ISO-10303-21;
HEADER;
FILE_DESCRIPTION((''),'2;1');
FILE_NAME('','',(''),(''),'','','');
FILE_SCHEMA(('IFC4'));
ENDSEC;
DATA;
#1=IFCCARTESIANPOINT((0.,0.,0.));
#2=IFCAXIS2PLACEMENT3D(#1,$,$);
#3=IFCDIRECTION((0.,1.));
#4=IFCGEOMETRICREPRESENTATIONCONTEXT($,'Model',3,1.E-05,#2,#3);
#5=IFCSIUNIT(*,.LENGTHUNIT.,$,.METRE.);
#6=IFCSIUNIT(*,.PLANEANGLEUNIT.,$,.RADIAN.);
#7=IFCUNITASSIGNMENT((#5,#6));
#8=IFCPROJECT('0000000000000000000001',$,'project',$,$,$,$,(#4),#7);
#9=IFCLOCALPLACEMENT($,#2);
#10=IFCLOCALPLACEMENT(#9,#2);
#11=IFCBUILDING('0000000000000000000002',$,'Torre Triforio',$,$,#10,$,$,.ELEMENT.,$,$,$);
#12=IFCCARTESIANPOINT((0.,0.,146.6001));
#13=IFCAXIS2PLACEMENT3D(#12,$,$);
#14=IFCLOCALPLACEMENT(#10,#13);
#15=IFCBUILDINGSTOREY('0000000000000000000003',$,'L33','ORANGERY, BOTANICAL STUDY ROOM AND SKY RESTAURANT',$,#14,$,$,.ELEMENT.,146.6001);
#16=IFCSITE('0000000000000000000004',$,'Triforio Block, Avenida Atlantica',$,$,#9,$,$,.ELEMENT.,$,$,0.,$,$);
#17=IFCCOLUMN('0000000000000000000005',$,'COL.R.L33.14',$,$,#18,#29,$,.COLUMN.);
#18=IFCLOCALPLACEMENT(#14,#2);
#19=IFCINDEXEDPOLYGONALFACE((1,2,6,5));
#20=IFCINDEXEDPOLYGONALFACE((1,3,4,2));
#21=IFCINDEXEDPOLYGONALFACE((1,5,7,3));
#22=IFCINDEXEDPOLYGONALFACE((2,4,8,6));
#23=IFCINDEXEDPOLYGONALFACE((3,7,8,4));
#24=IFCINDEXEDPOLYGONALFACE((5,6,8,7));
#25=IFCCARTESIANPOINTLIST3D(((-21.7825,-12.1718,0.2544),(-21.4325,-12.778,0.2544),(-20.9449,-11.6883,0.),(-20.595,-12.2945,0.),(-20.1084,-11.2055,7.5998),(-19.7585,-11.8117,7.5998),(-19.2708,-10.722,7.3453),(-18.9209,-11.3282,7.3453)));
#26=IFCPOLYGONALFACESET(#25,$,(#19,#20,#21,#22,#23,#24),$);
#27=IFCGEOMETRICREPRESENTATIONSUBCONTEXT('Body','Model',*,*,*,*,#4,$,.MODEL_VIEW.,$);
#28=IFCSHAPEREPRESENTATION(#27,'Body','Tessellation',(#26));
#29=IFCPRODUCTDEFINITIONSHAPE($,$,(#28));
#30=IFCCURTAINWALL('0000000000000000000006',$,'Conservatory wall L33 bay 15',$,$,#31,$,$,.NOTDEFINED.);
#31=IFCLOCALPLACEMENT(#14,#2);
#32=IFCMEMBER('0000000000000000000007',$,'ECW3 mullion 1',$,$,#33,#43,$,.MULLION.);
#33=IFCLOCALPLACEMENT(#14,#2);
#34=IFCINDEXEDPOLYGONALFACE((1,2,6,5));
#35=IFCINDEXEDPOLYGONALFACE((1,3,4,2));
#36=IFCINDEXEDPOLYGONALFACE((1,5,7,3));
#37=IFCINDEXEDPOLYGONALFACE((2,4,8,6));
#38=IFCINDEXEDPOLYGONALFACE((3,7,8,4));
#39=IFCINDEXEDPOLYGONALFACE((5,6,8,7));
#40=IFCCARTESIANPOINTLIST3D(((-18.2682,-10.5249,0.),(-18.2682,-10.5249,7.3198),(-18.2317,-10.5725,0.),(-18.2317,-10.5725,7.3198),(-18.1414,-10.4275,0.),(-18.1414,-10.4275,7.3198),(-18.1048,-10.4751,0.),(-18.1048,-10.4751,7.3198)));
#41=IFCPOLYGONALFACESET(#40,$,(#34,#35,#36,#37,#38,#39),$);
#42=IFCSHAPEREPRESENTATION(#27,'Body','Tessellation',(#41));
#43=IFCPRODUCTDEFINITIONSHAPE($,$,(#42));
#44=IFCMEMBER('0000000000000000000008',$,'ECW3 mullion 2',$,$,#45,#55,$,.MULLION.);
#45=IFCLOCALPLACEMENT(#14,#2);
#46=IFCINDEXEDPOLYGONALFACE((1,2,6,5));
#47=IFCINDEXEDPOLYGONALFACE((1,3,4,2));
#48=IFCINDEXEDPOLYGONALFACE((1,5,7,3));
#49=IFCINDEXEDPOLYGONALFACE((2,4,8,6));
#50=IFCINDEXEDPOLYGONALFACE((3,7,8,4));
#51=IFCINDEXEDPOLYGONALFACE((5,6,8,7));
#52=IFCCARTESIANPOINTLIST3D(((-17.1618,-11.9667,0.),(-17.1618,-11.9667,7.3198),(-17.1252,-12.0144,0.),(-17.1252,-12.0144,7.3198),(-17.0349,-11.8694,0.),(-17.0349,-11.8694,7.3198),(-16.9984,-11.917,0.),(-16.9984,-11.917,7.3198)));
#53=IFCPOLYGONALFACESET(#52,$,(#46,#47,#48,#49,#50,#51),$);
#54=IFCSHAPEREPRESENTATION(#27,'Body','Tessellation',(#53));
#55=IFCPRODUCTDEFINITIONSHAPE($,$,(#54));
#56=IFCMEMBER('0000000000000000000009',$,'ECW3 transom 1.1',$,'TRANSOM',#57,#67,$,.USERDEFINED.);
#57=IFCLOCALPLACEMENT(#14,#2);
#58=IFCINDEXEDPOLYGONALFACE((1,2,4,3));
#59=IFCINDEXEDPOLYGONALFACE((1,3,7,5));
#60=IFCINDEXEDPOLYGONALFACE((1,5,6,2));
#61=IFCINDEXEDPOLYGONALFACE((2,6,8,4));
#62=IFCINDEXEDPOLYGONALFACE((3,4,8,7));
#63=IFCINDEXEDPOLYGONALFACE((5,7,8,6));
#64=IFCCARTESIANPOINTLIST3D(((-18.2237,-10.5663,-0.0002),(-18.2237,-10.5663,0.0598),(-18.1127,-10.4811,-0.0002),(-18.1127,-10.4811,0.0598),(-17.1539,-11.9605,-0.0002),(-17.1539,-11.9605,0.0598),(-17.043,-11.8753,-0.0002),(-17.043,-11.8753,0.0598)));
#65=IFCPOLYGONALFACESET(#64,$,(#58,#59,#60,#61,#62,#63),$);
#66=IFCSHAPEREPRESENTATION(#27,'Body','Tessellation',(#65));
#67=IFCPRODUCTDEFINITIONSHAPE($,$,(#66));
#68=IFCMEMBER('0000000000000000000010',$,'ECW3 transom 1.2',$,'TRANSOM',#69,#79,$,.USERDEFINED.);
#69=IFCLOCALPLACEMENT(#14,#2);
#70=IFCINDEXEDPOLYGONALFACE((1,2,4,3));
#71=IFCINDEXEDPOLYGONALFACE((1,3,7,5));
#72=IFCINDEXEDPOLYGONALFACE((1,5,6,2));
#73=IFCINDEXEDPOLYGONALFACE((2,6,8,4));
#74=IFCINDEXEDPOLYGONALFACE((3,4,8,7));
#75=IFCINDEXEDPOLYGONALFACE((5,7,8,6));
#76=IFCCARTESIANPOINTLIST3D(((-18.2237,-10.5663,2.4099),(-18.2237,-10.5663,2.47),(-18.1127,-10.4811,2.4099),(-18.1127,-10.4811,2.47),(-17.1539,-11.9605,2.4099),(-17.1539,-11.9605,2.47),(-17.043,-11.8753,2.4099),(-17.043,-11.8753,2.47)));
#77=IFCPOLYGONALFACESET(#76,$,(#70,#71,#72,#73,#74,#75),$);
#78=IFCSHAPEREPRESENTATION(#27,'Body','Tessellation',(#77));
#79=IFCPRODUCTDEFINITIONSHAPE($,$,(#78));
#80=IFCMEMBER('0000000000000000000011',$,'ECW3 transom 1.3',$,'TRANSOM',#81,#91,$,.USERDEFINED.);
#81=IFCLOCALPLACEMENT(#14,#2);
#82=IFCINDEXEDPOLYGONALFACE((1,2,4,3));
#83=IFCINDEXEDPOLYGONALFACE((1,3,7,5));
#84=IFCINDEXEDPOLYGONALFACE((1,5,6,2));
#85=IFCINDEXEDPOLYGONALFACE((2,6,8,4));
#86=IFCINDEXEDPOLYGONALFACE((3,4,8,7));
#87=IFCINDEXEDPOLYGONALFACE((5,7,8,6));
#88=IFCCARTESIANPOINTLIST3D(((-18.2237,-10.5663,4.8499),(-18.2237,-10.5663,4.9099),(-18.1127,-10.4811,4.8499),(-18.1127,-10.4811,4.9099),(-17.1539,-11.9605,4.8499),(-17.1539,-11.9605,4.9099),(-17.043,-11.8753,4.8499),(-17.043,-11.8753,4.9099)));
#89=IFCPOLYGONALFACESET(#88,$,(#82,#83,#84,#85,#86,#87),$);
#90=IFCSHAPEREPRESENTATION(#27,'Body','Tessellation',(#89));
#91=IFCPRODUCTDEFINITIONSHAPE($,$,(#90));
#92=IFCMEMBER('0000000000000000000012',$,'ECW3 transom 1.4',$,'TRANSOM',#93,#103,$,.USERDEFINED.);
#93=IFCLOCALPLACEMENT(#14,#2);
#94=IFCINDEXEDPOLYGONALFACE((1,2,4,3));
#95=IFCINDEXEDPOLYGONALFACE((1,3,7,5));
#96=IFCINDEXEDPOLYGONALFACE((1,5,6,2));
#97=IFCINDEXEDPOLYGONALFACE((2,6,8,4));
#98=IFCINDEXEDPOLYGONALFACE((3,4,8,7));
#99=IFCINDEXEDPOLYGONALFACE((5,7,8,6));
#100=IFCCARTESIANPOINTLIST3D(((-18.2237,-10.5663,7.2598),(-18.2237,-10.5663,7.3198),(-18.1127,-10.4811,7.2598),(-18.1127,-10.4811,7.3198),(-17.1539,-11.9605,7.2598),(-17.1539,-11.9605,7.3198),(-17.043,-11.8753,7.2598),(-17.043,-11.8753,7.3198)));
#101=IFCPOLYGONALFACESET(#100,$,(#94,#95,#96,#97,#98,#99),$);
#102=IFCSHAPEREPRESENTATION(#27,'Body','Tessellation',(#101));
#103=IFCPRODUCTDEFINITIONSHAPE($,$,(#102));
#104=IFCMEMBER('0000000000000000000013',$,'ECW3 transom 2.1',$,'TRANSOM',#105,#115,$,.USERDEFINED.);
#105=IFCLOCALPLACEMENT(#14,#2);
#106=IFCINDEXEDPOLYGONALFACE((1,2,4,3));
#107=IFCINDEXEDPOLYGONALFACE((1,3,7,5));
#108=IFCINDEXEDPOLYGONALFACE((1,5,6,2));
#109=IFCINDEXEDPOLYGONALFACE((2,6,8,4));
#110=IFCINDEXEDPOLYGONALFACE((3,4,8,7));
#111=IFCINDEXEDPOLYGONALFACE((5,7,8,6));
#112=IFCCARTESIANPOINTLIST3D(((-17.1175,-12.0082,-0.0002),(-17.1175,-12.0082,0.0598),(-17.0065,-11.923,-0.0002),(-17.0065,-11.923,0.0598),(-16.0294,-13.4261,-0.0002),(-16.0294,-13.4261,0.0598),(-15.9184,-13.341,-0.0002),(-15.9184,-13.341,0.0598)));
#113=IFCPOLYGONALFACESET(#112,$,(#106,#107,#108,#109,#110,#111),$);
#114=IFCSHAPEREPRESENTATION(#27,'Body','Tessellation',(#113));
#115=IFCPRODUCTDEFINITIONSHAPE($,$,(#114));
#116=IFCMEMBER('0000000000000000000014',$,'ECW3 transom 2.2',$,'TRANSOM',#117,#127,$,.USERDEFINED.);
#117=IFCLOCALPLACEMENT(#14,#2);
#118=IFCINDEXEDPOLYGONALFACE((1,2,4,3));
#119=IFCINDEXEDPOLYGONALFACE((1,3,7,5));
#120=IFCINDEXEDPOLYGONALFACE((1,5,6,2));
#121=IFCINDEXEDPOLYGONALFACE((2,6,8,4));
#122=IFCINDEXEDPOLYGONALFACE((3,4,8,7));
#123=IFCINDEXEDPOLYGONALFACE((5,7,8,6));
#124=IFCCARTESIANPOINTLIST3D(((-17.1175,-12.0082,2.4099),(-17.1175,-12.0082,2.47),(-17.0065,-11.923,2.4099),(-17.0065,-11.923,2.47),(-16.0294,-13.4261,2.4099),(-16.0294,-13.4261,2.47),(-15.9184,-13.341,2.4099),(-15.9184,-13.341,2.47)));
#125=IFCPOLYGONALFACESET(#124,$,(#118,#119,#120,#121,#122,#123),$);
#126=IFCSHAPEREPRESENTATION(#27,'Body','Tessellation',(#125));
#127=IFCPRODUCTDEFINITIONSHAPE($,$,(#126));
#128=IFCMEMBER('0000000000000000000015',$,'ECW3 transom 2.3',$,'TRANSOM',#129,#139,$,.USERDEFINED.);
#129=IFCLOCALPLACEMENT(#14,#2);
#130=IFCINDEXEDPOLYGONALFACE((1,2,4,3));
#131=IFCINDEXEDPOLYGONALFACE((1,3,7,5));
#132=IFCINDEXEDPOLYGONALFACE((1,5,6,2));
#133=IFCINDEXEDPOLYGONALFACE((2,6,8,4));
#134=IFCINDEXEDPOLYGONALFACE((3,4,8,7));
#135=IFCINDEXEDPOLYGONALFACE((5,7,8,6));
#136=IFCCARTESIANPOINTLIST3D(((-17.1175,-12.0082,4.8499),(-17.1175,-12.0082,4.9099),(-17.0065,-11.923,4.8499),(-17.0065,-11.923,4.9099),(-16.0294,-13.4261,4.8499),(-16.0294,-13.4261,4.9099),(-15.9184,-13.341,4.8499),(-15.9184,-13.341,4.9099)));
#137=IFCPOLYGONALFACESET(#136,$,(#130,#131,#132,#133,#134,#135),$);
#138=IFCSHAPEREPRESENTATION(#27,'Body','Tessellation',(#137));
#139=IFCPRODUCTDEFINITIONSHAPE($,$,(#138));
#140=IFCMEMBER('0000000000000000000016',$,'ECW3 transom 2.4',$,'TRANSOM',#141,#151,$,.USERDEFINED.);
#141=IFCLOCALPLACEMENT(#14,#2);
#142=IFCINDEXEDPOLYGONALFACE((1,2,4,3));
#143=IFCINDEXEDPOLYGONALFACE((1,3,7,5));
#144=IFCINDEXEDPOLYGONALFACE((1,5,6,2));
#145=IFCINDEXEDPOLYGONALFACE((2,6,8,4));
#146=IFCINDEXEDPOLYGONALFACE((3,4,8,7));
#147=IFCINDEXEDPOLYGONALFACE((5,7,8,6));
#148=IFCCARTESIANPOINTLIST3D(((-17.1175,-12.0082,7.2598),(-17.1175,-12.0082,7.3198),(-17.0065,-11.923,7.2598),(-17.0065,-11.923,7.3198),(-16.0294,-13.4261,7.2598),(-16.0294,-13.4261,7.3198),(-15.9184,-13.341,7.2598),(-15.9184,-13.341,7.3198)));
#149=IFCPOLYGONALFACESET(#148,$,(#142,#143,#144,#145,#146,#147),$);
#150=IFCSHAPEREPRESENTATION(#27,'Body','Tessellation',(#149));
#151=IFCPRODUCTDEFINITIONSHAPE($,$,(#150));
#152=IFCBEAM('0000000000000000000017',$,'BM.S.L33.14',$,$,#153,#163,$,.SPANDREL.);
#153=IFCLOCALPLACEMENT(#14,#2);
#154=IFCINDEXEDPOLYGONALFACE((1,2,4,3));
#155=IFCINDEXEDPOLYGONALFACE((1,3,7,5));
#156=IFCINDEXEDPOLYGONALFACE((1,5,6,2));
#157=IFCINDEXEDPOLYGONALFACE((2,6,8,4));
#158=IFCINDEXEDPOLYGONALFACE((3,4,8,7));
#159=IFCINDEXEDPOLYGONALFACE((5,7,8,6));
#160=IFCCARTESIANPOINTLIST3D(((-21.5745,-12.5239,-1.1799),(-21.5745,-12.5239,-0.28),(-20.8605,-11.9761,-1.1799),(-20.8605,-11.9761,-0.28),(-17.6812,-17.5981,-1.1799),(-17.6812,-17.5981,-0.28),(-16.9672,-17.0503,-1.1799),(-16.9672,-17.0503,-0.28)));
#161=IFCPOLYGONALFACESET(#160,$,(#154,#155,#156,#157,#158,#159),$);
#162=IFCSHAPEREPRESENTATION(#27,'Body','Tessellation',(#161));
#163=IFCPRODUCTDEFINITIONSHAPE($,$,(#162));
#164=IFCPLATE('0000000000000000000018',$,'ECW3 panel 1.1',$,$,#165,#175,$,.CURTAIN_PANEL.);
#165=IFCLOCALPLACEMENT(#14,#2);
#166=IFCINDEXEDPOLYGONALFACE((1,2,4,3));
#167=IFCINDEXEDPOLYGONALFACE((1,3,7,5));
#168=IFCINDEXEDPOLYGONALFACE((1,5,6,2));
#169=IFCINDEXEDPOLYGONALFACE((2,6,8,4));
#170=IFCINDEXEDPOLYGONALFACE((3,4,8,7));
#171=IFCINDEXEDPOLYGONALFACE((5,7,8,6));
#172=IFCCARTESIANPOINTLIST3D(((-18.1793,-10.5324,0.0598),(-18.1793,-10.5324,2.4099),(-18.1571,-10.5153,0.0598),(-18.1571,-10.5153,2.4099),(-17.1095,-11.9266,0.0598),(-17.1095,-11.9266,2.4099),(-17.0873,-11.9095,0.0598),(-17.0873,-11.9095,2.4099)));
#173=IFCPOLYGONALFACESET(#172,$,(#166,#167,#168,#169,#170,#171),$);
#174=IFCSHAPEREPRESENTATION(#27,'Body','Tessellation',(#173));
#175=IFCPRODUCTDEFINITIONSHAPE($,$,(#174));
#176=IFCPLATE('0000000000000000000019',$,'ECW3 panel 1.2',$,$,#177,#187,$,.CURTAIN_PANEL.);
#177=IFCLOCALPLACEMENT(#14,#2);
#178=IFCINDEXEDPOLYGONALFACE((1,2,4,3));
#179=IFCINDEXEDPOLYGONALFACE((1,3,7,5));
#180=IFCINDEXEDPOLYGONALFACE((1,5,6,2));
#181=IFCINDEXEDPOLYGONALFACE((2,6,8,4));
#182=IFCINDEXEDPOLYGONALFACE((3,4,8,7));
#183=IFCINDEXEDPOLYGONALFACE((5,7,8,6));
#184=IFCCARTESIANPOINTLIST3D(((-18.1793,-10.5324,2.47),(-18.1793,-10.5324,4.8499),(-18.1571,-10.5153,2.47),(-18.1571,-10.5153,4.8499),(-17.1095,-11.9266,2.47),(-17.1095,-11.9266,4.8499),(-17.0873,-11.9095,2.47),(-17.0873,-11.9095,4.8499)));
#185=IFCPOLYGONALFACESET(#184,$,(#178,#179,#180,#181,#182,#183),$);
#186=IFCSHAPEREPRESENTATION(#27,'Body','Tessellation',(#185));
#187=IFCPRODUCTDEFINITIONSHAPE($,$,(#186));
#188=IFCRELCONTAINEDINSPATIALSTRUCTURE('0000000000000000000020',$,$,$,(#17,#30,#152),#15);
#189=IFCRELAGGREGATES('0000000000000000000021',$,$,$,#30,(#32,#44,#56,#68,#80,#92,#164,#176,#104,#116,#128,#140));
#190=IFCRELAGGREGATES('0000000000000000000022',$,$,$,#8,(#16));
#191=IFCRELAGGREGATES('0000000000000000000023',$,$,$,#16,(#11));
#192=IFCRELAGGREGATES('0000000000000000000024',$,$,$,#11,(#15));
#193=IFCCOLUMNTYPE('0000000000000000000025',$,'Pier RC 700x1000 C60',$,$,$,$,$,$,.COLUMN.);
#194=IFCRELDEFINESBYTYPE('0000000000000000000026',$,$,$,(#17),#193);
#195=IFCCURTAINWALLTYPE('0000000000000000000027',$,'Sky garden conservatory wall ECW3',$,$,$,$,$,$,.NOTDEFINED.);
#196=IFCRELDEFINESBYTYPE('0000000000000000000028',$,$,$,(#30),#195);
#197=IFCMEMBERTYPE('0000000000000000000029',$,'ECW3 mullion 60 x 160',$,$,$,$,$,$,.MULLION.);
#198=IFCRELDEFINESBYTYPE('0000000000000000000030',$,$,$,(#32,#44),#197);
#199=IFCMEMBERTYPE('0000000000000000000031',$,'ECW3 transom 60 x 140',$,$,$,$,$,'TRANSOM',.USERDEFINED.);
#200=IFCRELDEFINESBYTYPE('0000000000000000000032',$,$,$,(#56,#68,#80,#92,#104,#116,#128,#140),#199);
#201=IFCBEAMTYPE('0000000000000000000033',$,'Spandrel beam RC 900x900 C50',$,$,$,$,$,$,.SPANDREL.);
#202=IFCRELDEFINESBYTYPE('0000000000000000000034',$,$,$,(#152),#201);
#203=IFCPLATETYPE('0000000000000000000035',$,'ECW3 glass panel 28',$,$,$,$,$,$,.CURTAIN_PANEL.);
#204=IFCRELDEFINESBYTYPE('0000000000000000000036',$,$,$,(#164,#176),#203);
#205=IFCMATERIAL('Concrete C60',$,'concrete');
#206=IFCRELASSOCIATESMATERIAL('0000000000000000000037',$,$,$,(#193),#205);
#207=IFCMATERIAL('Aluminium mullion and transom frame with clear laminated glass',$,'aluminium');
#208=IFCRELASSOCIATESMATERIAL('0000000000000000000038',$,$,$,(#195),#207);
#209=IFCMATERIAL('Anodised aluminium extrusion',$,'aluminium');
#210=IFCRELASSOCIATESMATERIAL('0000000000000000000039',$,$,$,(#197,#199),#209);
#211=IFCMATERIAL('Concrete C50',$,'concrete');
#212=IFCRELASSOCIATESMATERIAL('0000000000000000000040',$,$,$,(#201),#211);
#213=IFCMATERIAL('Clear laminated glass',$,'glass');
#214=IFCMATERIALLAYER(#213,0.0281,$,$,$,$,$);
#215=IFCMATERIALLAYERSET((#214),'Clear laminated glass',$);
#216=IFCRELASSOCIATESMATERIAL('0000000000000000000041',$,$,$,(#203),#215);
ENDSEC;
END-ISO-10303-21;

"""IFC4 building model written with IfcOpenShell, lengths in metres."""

from ifc_helpers import new_model, si_unit, direction, frame, origin, origin_2d, place, context, subcontext, project, spatial, rectangle, extrude, material, layer, layer_set, material_profile, profile_set, type_object, element, aggregate, save


model = new_model("IFC4")

# Units and contexts
model_context = context("Model", 3, precision=1e-05, world=origin(), true_north=direction((0.0, 1.0)))
body_context = subcontext(model_context, "Body", "Model", "MODEL_VIEW")
ifc_project = project(units=[si_unit("LENGTHUNIT", "METRE"), si_unit("PLANEANGLEUNIT", "RADIAN")], contexts=[model_context])

# Site, building, storey
site_placement = place(None, origin())
site = spatial("IfcSite", under=ifc_project, at=site_placement, Name="Triforio Block, Avenida Atlantica", CompositionType="ELEMENT", RefElevation=0.0)
building_placement = place(site_placement, origin())
building = spatial("IfcBuilding", under=site, at=building_placement, Name="Torre Triforio", CompositionType="ELEMENT")
storey_placement = place(building_placement, frame((0.0, 0.0, 146.6001)))
storey = spatial("IfcBuildingStorey", under=building, at=storey_placement, Name="L33", Description="ORANGERY, BOTANICAL STUDY ROOM AND SKY RESTAURANT", CompositionType="ELEMENT", Elevation=146.6001)

# Column
ifc_material_1 = material(Name="Concrete C60", Category="concrete")
ifc_material_profile_1 = material_profile(ifc_material_1, rectangle(XDim=0.7, YDim=1.0, at=origin_2d()), Name="RC 700x1000")
ifc_profile_set_1 = profile_set([ifc_material_profile_1], Name="Concrete C60")
column_type = type_object("IfcColumnType", Name="Pier RC 700x1000 C60", PredefinedType="COLUMN", material=ifc_profile_set_1)
column_placement = place(storey_placement, frame((-21.1887, -12.2332, 0.1272), z_axis=(0.220402, 0.127221, 0.967077), x_axis=(-0.499916, 0.866074, 0.0)))
element("IfcColumn", 1, at=column_placement, inside=storey, type_object=column_type, Name="COL.R.L33.14", PredefinedType="COLUMN", context=body_context, shape_type="SweptSolid", body=[
    extrude(rectangle(XDim=0.7, YDim=1.0, at=origin_2d()), origin(), (0.0, 0.0, 1.0), 7.5955),
])

# Curtain wall, members
ifc_material_2 = material(Name="Aluminium mullion and transom frame with clear laminated glass", Category="aluminium")
curtain_wall_type = type_object("IfcCurtainWallType", Name="Sky garden conservatory wall ECW3", PredefinedType="NOTDEFINED", material=ifc_material_2)
curtain_wall_placement = place(storey_placement, origin())
curtain_wall = element("IfcCurtainWall", 2, at=curtain_wall_placement, inside=storey, type_object=curtain_wall_type, Name="Conservatory wall L33 bay 15", PredefinedType="NOTDEFINED")
ifc_material_3 = material(Name="Anodised aluminium extrusion", Category="aluminium")
ifc_material_profile_2 = material_profile(ifc_material_3, rectangle(XDim=0.1599, YDim=0.0601, at=origin_2d()), Name="ECW3 MULLION 60x160")
ifc_profile_set_2 = profile_set([ifc_material_profile_2], Name="Anodised aluminium extrusion")
member_type_1 = type_object("IfcMemberType", Name="ECW3 mullion 60 x 160", PredefinedType="MULLION", material=ifc_profile_set_2)
member_1_placement = place(storey_placement, frame((-18.1865, -10.5, 0.0), z_axis=(0.0, 0.0, 1.0), x_axis=(0.793352, 0.608763, 0.0)))
member_1 = element("IfcMember", 3, at=member_1_placement, type_object=member_type_1, Name="ECW3 mullion 1", PredefinedType="MULLION", context=body_context, shape_type="SweptSolid", body=[
    extrude(rectangle(XDim=0.1599, YDim=0.0601, at=origin_2d()), origin(), (0.0, 0.0, 1.0), 7.3198),
])
member_2_placement = place(storey_placement, frame((-17.0801, -11.9419, 0.0), z_axis=(0.0, 0.0, 1.0), x_axis=(0.793352, 0.608763, 0.0)))
member_2 = element("IfcMember", 4, at=member_2_placement, type_object=member_type_1, Name="ECW3 mullion 2", PredefinedType="MULLION", context=body_context, shape_type="SweptSolid", body=[
    extrude(rectangle(XDim=0.1599, YDim=0.0601, at=origin_2d()), origin(), (0.0, 0.0, 1.0), 7.3198),
])
ifc_material_profile_3 = material_profile(ifc_material_3, rectangle(XDim=0.1399, YDim=0.0601, at=origin_2d()), Name="ECW3 TRANSOM 60x140")
ifc_profile_set_3 = profile_set([ifc_material_profile_3], Name="Anodised aluminium extrusion")
member_type_2 = type_object("IfcMemberType", Name="ECW3 transom 60 x 140", ElementType="TRANSOM", PredefinedType="USERDEFINED", material=ifc_profile_set_3)
member_3_placement = place(storey_placement, frame((-18.1682, -10.5237, 0.0298), z_axis=(0.608744, -0.793367, 0.0), x_axis=(0.793367, 0.608744, 0.0)))
member_3 = element("IfcMember", 5, at=member_3_placement, type_object=member_type_2, Name="ECW3 transom 1.1", ObjectType="TRANSOM", PredefinedType="USERDEFINED", context=body_context, shape_type="SweptSolid", body=[
    extrude(rectangle(XDim=0.1399, YDim=0.0601, at=origin_2d()), origin(), (0.0, 0.0, 1.0), 1.7573),
])
member_4_placement = place(storey_placement, frame((-18.1682, -10.5237, 2.4399), z_axis=(0.608744, -0.793367, 0.0), x_axis=(0.793367, 0.608744, 0.0)))
member_4 = element("IfcMember", 6, at=member_4_placement, type_object=member_type_2, Name="ECW3 transom 1.2", ObjectType="TRANSOM", PredefinedType="USERDEFINED", context=body_context, shape_type="SweptSolid", body=[
    extrude(rectangle(XDim=0.1399, YDim=0.0601, at=origin_2d()), origin(), (0.0, 0.0, 1.0), 1.7573),
])
member_5_placement = place(storey_placement, frame((-18.1682, -10.5237, 4.8799), z_axis=(0.608744, -0.793367, 0.0), x_axis=(0.793367, 0.608744, 0.0)))
member_5 = element("IfcMember", 7, at=member_5_placement, type_object=member_type_2, Name="ECW3 transom 1.3", ObjectType="TRANSOM", PredefinedType="USERDEFINED", context=body_context, shape_type="SweptSolid", body=[
    extrude(rectangle(XDim=0.1399, YDim=0.0601, at=origin_2d()), origin(), (0.0, 0.0, 1.0), 1.7573),
])
member_6_placement = place(storey_placement, frame((-18.1682, -10.5237, 7.2898), z_axis=(0.608744, -0.793367, 0.0), x_axis=(0.793367, 0.608744, 0.0)))
member_6 = element("IfcMember", 8, at=member_6_placement, type_object=member_type_2, Name="ECW3 transom 1.4", ObjectType="TRANSOM", PredefinedType="USERDEFINED", context=body_context, shape_type="SweptSolid", body=[
    extrude(rectangle(XDim=0.1399, YDim=0.0601, at=origin_2d()), origin(), (0.0, 0.0, 1.0), 1.7573),
])
member_7_placement = place(storey_placement, frame((-17.062, -11.9656, 0.0298), z_axis=(0.608793, -0.793329, 0.0), x_axis=(0.793329, 0.608793, 0.0)))
member_7 = element("IfcMember", 9, at=member_7_placement, type_object=member_type_2, Name="ECW3 transom 2.1", ObjectType="TRANSOM", PredefinedType="USERDEFINED", context=body_context, shape_type="SweptSolid", body=[
    extrude(rectangle(XDim=0.1399, YDim=0.0601, at=origin_2d()), origin(), (0.0, 0.0, 1.0), 1.7874),
])
member_8_placement = place(storey_placement, frame((-17.062, -11.9656, 2.4399), z_axis=(0.608793, -0.793329, 0.0), x_axis=(0.793329, 0.608793, 0.0)))
member_8 = element("IfcMember", 10, at=member_8_placement, type_object=member_type_2, Name="ECW3 transom 2.2", ObjectType="TRANSOM", PredefinedType="USERDEFINED", context=body_context, shape_type="SweptSolid", body=[
    extrude(rectangle(XDim=0.1399, YDim=0.0601, at=origin_2d()), origin(), (0.0, 0.0, 1.0), 1.7874),
])
member_9_placement = place(storey_placement, frame((-17.062, -11.9656, 4.8799), z_axis=(0.608793, -0.793329, 0.0), x_axis=(0.793329, 0.608793, 0.0)))
member_9 = element("IfcMember", 11, at=member_9_placement, type_object=member_type_2, Name="ECW3 transom 2.3", ObjectType="TRANSOM", PredefinedType="USERDEFINED", context=body_context, shape_type="SweptSolid", body=[
    extrude(rectangle(XDim=0.1399, YDim=0.0601, at=origin_2d()), origin(), (0.0, 0.0, 1.0), 1.7874),
])
member_10_placement = place(storey_placement, frame((-17.062, -11.9656, 7.2898), z_axis=(0.608793, -0.793329, 0.0), x_axis=(0.793329, 0.608793, 0.0)))
member_10 = element("IfcMember", 12, at=member_10_placement, type_object=member_type_2, Name="ECW3 transom 2.4", ObjectType="TRANSOM", PredefinedType="USERDEFINED", context=body_context, shape_type="SweptSolid", body=[
    extrude(rectangle(XDim=0.1399, YDim=0.0601, at=origin_2d()), origin(), (0.0, 0.0, 1.0), 1.7874),
])

# Beam
ifc_material_4 = material(Name="Concrete C50", Category="concrete")
ifc_material_profile_4 = material_profile(ifc_material_4, rectangle(XDim=0.8999, YDim=0.8999, at=origin_2d()), Name="RC 900x900")
ifc_profile_set_4 = profile_set([ifc_material_profile_4], Name="Concrete C50")
beam_type = type_object("IfcBeamType", Name="Spandrel beam RC 900x900 C50", PredefinedType="SPANDREL", material=ifc_profile_set_4)
beam_placement = place(storey_placement, frame((-21.2175, -12.25, -0.73), z_axis=(0.608734, -0.793374, 0.0), x_axis=(0.793374, 0.608734, 0.0)))
element("IfcBeam", 13, at=beam_placement, inside=storey, type_object=beam_type, Name="BM.S.L33.14", PredefinedType="SPANDREL", context=body_context, shape_type="SweptSolid", body=[
    extrude(rectangle(XDim=0.8999, YDim=0.8999, at=origin_2d()), origin(), (0.0, 0.0, 1.0), 6.3958),
])

# Plates
ifc_material_5 = material(Name="Clear laminated glass", Category="glass")
ifc_layer_1 = layer(ifc_material_5, 0.0281)
ifc_layer_set_1 = layer_set([ifc_layer_1], Name="Clear laminated glass")
plate_type = type_object("IfcPlateType", Name="ECW3 glass panel 28", PredefinedType="CURTAIN_PANEL", material=ifc_layer_set_1)
plate_1_placement = place(storey_placement, frame((-17.6333, -11.2209, 0.0598), z_axis=(0.0, 0.0, 1.0), x_axis=(0.608763, -0.793352, 0.0)))
plate_1 = element("IfcPlate", 14, at=plate_1_placement, type_object=plate_type, Name="ECW3 panel 1.1", PredefinedType="CURTAIN_PANEL", context=body_context, shape_type="SweptSolid", body=[
    extrude(rectangle(XDim=1.7573, YDim=0.0281, at=origin_2d()), origin(), (0.0, 0.0, 1.0), 2.3501),
])
plate_2_placement = place(storey_placement, frame((-17.6333, -11.2209, 2.47), z_axis=(0.0, 0.0, 1.0), x_axis=(0.608763, -0.793352, 0.0)))
plate_2 = element("IfcPlate", 15, at=plate_2_placement, type_object=plate_type, Name="ECW3 panel 1.2", PredefinedType="CURTAIN_PANEL", context=body_context, shape_type="SweptSolid", body=[
    extrude(rectangle(XDim=1.7573, YDim=0.0281, at=origin_2d()), origin(), (0.0, 0.0, 1.0), 2.3799),
])
aggregate(curtain_wall, [member_1, member_2, member_3, member_4, member_5, member_6, plate_1, plate_2, member_7, member_8, member_9, member_10])

save(model, "model.ifc")
